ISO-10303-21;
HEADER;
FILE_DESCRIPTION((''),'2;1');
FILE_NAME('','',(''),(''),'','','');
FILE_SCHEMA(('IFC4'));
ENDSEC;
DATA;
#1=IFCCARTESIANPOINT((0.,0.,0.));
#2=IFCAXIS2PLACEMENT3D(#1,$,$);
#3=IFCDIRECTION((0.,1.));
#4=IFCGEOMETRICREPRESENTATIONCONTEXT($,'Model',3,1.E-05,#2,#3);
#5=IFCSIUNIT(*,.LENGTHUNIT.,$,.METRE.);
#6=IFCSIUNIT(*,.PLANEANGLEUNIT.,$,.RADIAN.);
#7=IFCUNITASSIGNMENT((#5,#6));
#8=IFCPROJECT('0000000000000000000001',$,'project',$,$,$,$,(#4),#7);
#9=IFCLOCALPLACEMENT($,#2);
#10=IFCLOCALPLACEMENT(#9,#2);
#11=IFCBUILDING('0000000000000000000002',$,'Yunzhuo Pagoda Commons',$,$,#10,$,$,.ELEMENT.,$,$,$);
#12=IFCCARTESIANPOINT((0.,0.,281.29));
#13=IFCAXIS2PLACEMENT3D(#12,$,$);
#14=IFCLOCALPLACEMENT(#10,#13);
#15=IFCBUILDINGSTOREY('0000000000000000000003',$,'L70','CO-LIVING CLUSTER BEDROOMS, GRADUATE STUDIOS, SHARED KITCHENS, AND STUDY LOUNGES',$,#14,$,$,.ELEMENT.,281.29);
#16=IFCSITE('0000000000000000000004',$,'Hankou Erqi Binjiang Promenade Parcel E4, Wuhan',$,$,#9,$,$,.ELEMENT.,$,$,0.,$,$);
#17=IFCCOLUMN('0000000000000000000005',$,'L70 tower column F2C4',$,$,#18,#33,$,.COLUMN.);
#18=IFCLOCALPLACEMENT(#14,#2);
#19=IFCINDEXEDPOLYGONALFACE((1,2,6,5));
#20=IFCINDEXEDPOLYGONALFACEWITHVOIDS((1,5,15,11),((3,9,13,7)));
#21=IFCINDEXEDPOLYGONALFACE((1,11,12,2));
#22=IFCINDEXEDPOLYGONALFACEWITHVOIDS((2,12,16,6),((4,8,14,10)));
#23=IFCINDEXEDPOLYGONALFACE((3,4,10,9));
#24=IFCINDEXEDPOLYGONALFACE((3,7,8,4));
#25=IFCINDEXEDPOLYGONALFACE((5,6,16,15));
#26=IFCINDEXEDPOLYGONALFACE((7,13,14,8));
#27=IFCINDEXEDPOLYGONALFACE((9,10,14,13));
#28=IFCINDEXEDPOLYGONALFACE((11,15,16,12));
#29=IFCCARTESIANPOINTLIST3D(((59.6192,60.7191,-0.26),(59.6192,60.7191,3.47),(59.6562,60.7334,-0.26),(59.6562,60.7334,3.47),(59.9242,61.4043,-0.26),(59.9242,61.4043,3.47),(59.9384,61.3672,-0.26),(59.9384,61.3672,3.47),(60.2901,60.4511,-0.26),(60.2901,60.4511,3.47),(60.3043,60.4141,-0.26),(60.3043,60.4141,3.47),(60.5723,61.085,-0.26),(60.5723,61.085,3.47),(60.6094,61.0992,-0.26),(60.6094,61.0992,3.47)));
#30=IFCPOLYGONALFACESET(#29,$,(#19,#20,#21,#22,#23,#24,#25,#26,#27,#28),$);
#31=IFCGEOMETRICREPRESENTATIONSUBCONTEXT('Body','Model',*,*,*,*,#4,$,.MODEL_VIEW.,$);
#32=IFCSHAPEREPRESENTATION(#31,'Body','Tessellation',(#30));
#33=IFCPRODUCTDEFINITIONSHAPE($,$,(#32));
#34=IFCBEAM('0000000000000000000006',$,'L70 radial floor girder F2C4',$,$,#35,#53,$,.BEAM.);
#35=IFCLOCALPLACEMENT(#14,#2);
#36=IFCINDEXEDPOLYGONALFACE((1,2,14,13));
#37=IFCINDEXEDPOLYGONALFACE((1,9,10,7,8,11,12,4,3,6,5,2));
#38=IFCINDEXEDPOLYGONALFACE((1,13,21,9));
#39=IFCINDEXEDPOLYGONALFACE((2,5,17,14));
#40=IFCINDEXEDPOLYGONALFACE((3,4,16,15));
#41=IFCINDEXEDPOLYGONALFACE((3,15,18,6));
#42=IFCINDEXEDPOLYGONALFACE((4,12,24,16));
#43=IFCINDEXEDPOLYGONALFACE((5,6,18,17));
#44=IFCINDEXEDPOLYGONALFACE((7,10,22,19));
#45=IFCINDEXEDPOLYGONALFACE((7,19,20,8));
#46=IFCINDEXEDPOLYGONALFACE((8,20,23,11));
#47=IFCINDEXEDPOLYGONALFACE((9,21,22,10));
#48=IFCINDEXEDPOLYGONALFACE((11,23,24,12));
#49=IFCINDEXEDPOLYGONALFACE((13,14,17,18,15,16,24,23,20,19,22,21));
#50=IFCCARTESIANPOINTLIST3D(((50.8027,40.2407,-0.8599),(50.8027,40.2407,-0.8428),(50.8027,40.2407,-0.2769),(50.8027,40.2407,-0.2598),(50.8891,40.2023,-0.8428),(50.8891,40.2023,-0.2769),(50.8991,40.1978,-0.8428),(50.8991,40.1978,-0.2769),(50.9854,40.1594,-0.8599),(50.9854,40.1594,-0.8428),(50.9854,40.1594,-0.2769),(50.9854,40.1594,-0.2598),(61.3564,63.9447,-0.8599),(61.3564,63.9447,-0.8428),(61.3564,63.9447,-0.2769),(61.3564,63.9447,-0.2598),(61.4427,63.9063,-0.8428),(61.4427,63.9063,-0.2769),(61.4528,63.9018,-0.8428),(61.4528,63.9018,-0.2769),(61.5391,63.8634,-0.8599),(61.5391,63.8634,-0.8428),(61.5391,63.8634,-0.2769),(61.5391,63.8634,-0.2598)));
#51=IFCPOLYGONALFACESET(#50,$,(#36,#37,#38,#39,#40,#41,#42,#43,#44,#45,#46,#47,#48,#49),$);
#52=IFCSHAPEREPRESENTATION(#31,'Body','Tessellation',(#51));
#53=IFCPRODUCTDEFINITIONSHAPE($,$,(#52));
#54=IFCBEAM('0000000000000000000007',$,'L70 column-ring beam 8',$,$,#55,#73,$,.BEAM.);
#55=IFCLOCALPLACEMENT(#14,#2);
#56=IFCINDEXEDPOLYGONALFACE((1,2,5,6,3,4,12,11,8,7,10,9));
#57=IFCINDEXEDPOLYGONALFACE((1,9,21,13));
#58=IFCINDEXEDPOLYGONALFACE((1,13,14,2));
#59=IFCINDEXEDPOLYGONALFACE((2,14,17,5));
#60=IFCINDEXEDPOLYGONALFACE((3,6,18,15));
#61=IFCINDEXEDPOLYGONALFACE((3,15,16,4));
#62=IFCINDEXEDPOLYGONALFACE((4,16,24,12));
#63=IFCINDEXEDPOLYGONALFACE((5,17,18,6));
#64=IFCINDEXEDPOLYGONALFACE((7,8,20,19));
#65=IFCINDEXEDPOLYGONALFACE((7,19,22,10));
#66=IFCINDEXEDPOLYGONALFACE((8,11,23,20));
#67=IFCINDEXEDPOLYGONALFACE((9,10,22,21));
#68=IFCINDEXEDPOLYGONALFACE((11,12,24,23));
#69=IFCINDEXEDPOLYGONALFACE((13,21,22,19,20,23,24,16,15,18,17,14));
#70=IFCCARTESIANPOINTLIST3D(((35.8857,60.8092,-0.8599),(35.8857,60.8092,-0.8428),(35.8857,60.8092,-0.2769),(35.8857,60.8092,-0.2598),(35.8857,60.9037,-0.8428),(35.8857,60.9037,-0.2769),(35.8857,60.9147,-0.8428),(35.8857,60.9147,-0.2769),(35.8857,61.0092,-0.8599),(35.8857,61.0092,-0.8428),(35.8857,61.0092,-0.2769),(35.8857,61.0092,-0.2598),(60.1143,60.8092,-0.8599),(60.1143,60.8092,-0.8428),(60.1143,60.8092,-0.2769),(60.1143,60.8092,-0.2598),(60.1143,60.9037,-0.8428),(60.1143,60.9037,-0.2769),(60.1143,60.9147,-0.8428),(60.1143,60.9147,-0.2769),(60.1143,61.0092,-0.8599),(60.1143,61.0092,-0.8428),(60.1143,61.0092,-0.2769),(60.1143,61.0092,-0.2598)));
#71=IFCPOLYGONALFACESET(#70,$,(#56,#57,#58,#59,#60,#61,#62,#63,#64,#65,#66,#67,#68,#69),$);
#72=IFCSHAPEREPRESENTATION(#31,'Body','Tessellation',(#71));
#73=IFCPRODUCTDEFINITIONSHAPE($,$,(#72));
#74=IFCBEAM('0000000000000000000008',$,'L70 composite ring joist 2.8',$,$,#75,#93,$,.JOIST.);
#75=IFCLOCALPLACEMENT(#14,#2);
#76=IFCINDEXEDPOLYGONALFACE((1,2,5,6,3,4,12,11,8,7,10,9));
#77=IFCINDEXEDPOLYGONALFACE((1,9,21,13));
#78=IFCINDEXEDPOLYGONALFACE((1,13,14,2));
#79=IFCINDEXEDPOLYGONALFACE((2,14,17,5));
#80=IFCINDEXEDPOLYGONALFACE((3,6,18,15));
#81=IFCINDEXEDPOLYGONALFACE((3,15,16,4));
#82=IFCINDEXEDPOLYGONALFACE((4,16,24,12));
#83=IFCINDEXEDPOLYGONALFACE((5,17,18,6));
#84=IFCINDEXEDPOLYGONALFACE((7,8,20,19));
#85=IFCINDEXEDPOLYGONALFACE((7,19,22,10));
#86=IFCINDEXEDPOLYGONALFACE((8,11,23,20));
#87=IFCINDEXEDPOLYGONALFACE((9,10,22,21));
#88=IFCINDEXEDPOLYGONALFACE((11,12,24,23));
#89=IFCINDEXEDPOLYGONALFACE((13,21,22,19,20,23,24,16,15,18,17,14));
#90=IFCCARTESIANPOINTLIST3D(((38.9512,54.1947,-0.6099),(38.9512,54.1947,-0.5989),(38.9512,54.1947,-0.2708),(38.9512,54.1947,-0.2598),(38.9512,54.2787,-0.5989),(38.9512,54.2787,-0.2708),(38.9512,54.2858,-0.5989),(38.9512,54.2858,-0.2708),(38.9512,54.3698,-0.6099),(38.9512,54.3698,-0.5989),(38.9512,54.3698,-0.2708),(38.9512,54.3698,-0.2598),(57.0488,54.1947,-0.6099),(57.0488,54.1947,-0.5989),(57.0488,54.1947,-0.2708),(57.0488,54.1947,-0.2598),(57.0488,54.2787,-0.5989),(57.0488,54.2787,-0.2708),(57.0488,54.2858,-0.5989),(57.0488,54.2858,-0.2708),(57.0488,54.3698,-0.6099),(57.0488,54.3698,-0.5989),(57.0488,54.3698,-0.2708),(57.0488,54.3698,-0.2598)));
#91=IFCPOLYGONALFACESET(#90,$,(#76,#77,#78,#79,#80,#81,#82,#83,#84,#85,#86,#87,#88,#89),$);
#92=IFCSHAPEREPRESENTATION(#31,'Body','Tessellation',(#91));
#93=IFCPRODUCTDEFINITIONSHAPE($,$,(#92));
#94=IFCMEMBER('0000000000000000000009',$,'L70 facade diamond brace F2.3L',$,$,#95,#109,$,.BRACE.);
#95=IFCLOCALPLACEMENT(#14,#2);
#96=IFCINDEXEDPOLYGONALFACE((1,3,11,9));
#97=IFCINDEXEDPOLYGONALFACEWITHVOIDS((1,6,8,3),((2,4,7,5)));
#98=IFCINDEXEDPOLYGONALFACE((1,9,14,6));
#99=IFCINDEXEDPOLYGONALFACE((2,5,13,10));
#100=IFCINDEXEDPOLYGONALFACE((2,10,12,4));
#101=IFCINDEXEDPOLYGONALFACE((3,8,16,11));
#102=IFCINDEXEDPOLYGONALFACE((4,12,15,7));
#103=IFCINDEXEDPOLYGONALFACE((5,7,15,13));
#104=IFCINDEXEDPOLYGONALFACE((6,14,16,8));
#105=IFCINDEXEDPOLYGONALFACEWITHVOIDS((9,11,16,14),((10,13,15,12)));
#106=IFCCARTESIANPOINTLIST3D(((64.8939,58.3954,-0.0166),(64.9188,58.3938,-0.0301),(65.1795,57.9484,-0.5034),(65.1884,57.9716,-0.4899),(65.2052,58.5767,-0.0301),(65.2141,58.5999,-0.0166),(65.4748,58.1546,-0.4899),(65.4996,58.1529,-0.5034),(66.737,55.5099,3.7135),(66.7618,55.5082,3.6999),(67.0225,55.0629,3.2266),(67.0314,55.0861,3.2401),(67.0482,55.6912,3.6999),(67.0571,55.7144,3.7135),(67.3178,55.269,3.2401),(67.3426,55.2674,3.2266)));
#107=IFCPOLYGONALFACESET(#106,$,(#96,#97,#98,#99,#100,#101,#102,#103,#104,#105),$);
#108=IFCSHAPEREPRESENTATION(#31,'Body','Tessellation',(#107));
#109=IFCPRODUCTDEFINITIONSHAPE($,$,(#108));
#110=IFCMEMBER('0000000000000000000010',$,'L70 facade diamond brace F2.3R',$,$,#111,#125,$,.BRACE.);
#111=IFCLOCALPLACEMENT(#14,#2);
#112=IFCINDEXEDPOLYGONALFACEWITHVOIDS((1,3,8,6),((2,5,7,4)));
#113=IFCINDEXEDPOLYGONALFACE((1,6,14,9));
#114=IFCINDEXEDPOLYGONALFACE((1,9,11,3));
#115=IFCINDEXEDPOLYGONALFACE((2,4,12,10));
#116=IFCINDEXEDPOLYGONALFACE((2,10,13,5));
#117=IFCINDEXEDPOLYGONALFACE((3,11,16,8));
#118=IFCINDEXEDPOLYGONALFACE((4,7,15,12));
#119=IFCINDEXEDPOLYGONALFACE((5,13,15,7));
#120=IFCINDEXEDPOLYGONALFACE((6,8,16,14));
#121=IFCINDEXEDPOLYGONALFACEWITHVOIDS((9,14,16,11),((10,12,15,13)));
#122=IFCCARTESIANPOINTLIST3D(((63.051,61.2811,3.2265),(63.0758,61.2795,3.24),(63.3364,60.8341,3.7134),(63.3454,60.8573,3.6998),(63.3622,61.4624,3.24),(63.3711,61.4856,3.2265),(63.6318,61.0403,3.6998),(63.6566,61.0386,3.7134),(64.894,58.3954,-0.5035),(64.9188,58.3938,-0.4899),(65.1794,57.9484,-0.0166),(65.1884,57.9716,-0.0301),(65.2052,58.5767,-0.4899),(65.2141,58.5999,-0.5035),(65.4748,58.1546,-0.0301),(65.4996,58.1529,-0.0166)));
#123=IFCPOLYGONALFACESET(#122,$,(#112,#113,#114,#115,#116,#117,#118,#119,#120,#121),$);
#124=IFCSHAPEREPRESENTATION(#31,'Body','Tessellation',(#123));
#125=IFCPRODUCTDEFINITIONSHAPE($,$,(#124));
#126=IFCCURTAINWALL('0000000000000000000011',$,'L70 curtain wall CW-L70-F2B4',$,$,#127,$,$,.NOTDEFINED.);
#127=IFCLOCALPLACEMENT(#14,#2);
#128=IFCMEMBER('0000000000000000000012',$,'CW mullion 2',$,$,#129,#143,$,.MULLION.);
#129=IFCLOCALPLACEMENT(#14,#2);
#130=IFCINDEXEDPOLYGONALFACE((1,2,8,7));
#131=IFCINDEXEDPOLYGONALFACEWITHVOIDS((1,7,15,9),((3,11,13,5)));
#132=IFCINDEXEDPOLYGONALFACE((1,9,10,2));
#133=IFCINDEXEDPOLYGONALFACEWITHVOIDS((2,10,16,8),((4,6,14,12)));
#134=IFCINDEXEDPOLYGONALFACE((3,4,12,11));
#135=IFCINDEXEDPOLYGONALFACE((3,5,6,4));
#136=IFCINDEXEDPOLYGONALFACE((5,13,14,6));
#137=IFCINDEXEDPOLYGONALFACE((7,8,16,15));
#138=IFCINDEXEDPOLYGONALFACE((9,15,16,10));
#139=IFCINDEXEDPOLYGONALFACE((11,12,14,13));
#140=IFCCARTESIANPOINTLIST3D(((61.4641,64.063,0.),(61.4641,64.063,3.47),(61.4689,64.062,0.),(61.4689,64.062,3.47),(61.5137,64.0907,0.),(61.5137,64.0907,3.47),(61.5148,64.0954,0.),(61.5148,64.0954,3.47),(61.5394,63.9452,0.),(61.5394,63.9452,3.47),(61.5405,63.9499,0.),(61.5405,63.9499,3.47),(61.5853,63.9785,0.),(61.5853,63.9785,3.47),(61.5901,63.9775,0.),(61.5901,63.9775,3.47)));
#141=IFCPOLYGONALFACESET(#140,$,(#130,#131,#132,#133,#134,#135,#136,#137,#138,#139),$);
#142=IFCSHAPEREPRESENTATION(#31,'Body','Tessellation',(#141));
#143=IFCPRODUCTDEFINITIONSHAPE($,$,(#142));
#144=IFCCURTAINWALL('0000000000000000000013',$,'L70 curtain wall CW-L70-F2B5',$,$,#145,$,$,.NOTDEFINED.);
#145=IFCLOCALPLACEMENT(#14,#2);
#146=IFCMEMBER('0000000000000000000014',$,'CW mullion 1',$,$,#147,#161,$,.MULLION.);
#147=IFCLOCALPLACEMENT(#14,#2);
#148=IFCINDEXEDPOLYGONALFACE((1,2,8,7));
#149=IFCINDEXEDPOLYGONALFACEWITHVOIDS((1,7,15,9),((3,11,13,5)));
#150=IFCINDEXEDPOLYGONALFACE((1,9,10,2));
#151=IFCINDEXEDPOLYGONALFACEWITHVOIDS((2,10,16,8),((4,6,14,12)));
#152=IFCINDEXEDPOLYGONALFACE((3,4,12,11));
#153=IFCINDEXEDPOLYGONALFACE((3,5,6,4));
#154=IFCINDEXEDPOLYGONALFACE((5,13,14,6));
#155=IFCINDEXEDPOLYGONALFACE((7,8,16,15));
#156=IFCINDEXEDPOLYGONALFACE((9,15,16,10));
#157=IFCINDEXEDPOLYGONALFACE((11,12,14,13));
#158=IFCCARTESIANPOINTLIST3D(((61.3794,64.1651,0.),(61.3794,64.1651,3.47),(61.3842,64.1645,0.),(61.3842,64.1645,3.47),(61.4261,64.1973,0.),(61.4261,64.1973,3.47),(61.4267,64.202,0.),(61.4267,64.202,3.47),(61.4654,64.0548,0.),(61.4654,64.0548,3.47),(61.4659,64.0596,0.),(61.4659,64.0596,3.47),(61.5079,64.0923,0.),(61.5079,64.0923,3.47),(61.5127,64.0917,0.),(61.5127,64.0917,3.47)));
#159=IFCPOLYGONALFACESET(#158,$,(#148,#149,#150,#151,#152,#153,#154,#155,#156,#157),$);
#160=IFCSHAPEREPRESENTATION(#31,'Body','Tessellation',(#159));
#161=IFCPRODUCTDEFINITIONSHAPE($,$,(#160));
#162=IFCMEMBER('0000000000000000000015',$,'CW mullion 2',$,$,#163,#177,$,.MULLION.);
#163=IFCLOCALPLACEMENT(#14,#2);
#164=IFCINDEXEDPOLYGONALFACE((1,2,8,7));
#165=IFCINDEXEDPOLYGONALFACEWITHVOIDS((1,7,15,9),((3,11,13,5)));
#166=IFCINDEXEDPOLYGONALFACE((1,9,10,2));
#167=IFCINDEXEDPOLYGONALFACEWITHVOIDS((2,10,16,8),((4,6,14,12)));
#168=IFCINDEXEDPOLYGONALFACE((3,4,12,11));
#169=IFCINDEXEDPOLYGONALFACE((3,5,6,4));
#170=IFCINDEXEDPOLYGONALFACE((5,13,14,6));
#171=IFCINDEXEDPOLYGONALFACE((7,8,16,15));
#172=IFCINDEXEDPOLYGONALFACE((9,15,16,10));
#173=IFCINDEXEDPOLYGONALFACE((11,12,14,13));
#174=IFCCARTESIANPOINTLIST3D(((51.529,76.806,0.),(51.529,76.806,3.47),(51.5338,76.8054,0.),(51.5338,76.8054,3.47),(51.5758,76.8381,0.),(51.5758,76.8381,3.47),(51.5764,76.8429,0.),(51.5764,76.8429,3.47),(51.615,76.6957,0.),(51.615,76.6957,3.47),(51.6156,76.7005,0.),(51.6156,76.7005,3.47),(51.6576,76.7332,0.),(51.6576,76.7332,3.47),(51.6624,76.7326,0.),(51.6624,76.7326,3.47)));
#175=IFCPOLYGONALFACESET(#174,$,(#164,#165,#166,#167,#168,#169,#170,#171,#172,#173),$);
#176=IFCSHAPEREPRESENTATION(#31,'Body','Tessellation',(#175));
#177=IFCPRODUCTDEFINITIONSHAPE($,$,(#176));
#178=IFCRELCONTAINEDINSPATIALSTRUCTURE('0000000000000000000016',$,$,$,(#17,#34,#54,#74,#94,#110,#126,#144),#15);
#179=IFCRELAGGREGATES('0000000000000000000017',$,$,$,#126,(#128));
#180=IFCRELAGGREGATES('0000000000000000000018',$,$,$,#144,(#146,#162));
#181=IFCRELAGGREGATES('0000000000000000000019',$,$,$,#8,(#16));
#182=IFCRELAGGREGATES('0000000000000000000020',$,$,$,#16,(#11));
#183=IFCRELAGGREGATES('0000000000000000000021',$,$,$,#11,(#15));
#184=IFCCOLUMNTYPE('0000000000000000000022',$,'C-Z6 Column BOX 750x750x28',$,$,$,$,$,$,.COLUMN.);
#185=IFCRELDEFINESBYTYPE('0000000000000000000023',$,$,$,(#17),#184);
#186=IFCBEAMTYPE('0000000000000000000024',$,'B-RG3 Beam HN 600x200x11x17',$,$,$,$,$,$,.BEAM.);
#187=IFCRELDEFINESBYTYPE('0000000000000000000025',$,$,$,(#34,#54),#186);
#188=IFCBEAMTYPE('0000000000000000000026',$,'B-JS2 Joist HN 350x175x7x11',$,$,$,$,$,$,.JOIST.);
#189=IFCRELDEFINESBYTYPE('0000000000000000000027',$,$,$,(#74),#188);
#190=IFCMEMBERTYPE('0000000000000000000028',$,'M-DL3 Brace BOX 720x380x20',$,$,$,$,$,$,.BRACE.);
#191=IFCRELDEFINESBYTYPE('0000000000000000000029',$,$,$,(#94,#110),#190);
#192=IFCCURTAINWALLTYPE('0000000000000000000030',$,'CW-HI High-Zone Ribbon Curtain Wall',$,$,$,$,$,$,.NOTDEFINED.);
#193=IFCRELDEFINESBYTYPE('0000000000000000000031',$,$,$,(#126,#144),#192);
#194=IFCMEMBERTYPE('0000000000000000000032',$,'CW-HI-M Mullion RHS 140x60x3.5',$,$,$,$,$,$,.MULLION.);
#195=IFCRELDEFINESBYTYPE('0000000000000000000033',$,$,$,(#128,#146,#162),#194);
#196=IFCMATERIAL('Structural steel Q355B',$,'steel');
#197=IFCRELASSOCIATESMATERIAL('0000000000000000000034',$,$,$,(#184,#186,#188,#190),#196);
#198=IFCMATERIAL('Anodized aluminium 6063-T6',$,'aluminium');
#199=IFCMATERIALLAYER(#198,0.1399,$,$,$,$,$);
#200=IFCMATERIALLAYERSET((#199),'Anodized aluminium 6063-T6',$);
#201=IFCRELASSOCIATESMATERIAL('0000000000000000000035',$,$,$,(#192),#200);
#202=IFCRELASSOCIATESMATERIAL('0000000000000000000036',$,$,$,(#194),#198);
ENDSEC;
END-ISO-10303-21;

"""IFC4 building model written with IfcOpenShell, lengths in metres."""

from ifc_helpers import new_model, si_unit, direction, frame, origin, origin_2d, place, context, subcontext, project, spatial, hollow_rectangle, i_section, extrude, source, transform, mapped, material, layer, layer_set, material_profile, profile_set, type_object, element, aggregate, save


model = new_model("IFC4")

# Units and contexts
model_context = context("Model", 3, precision=1e-05, world=origin(), true_north=direction((0.0, 1.0)))
body_context = subcontext(model_context, "Body", "Model", "MODEL_VIEW")
ifc_project = project(units=[si_unit("LENGTHUNIT", "METRE"), si_unit("PLANEANGLEUNIT", "RADIAN")], contexts=[model_context])

# Site, building, storey
site_placement = place(None, origin())
site = spatial("IfcSite", under=ifc_project, at=site_placement, Name="Hankou Erqi Binjiang Promenade Parcel E4, Wuhan", CompositionType="ELEMENT", RefElevation=0.0)
building_placement = place(site_placement, origin())
building = spatial("IfcBuilding", under=site, at=building_placement, Name="Yunzhuo Pagoda Commons", CompositionType="ELEMENT")
storey_placement = place(building_placement, frame((0.0, 0.0, 281.29)))
storey = spatial("IfcBuildingStorey", under=building, at=storey_placement, Name="L70", Description="CO-LIVING CLUSTER BEDROOMS, GRADUATE STUDIOS, SHARED KITCHENS, AND STUDY LOUNGES", CompositionType="ELEMENT", Elevation=281.29)

# Column
ifc_material_1 = material(Name="Structural steel Q355B", Category="steel")
ifc_material_profile_1 = material_profile(ifc_material_1, hollow_rectangle(XDim=0.75, YDim=0.75, WallThickness=0.0281, at=origin_2d()), Name="Structural steel Q355B")
ifc_profile_set_1 = profile_set([ifc_material_profile_1], Name="Structural steel Q355B")
column_type = type_object("IfcColumnType", Name="C-Z6 Column BOX 750x750x28", PredefinedType="COLUMN", material=ifc_profile_set_1)
shared_shape_1 = source(origin(), body_context, "Body", "SweptSolid", [
    extrude(hollow_rectangle(XDim=0.75, YDim=0.75, WallThickness=0.0281, at=origin_2d()), origin(), (0.0, 0.0, 1.0), 3.73),
])
column_placement = place(storey_placement, frame((60.1143, 60.9092, -0.26), z_axis=(0.0, 0.0, 1.0), x_axis=(-0.913545, 0.406737, 0.0)))
element("IfcColumn", 1, at=column_placement, inside=storey, type_object=column_type, Name="L70 tower column F2C4", PredefinedType="COLUMN", context=body_context, shape_type="MappedRepresentation", body=[
    mapped(shared_shape_1, transform((0.0, 0.0, 0.0), scale=1.0)),
])

# Beams
ifc_material_profile_2 = material_profile(ifc_material_1, i_section(OverallWidth=0.2, OverallDepth=0.6001, WebThickness=0.011, FlangeThickness=0.0171, at=origin_2d()), Name="Structural steel Q355B")
ifc_profile_set_2 = profile_set([ifc_material_profile_2], Name="Structural steel Q355B")
beam_type_1 = type_object("IfcBeamType", Name="B-RG3 Beam HN 600x200x11x17", PredefinedType="BEAM", material=ifc_profile_set_2)
shared_shape_2 = source(origin(), body_context, "Body", "SweptSolid", [
    extrude(i_section(OverallWidth=0.2, OverallDepth=0.6001, WebThickness=0.011, FlangeThickness=0.0171, at=origin_2d()), origin(), (0.0, 0.0, 1.0), 25.9473),
])
beam_1_placement = place(storey_placement, frame((61.4478, 63.9041, -0.5598), z_axis=(-0.406736, -0.913546, 0.0), x_axis=(0.913546, -0.406736, 0.0)))
element("IfcBeam", 2, at=beam_1_placement, inside=storey, type_object=beam_type_1, Name="L70 radial floor girder F2C4", PredefinedType="BEAM", context=body_context, shape_type="MappedRepresentation", body=[
    mapped(shared_shape_2, transform((0.0, 0.0, 0.0), scale=1.0)),
])
shared_shape_3 = source(origin(), body_context, "Body", "SweptSolid", [
    extrude(i_section(OverallWidth=0.2, OverallDepth=0.6001, WebThickness=0.011, FlangeThickness=0.0171, at=origin_2d()), origin(), (0.0, 0.0, 1.0), 24.2285),
])
beam_2_placement = place(storey_placement, frame((60.1143, 60.9092, -0.5598), z_axis=(-1.0, 0.0, 0.0), x_axis=(0.0, -1.0, 0.0)))
element("IfcBeam", 3, at=beam_2_placement, inside=storey, type_object=beam_type_1, Name="L70 column-ring beam 8", PredefinedType="BEAM", context=body_context, shape_type="MappedRepresentation", body=[
    mapped(shared_shape_3, transform((0.0, 0.0, 0.0), scale=1.0)),
])
ifc_material_profile_3 = material_profile(ifc_material_1, i_section(OverallWidth=0.175, OverallDepth=0.3501, WebThickness=0.0071, FlangeThickness=0.011, at=origin_2d()), Name="Structural steel Q355B")
ifc_profile_set_3 = profile_set([ifc_material_profile_3], Name="Structural steel Q355B")
beam_type_2 = type_object("IfcBeamType", Name="B-JS2 Joist HN 350x175x7x11", PredefinedType="JOIST", material=ifc_profile_set_3)
shared_shape_4 = source(origin(), body_context, "Body", "SweptSolid", [
    extrude(i_section(OverallWidth=0.175, OverallDepth=0.3501, WebThickness=0.0071, FlangeThickness=0.011, at=origin_2d()), origin(), (0.0, 0.0, 1.0), 18.0977),
])
beam_3_placement = place(storey_placement, frame((57.0488, 54.2822, -0.4348), z_axis=(-1.0, 0.0, 0.0), x_axis=(0.0, -1.0, 0.0)))
element("IfcBeam", 4, at=beam_3_placement, inside=storey, type_object=beam_type_2, Name="L70 composite ring joist 2.8", PredefinedType="JOIST", context=body_context, shape_type="MappedRepresentation", body=[
    mapped(shared_shape_4, transform((0.0, 0.0, 0.0), scale=1.0)),
])

# Members
ifc_material_profile_4 = material_profile(ifc_material_1, hollow_rectangle(XDim=0.3799, YDim=0.72, WallThickness=0.02, at=origin_2d()), Name="Structural steel Q355B")
ifc_profile_set_4 = profile_set([ifc_material_profile_4], Name="Structural steel Q355B")
member_type_1 = type_object("IfcMemberType", Name="M-DL3 Brace BOX 720x380x20", PredefinedType="BRACE", material=ifc_profile_set_4)
shared_shape_5 = source(origin(), body_context, "Body", "SweptSolid", [
    extrude(hollow_rectangle(XDim=0.3799, YDim=0.72, WallThickness=0.02, at=origin_2d()), origin(), (0.0, 0.0, 1.0), 5.0632),
])
for number, where, z_axis, x_axis, name in (
    (5, (65.1968, 58.2742, -0.26), (0.364006, -0.569901, 0.736691), (0.842762, 0.538287, 0.0), "L70 facade diamond brace F2.3L"),
    (6, (65.1968, 58.2742, -0.26), (-0.363996, 0.569933, 0.73667), (-0.842783, -0.538254, 0.0), "L70 facade diamond brace F2.3R"),
):
    element("IfcMember", number, at=place(storey_placement, frame(where, z_axis=z_axis, x_axis=x_axis)), inside=storey, type_object=member_type_1, Name=name, PredefinedType="BRACE", context=body_context, shape_type="MappedRepresentation", body=[
        mapped(shared_shape_5, transform((0.0, 0.0, 0.0), scale=1.0)),
    ])

# Curtain wall, member
ifc_material_2 = material(Name="Anodized aluminium 6063-T6", Category="aluminium")
ifc_layer_1 = layer(ifc_material_2, 0.1399)
ifc_layer_set_1 = layer_set([ifc_layer_1], Name="Anodized aluminium 6063-T6")
curtain_wall_type = type_object("IfcCurtainWallType", Name="CW-HI High-Zone Ribbon Curtain Wall", PredefinedType="NOTDEFINED", material=ifc_layer_set_1)
curtain_wall_1_placement = place(storey_placement, origin())
curtain_wall_1 = element("IfcCurtainWall", 7, at=curtain_wall_1_placement, inside=storey, type_object=curtain_wall_type, Name="L70 curtain wall CW-L70-F2B4", PredefinedType="NOTDEFINED")
ifc_material_profile_5 = material_profile(ifc_material_2, hollow_rectangle(XDim=0.0601, YDim=0.1399, WallThickness=0.0034, at=origin_2d()), Name="Anodized aluminium 6063-T6")
ifc_profile_set_5 = profile_set([ifc_material_profile_5], Name="Anodized aluminium 6063-T6")
member_type_2 = type_object("IfcMemberType", Name="CW-HI-M Mullion RHS 140x60x3.5", PredefinedType="MULLION", material=ifc_profile_set_5)
shared_shape_6 = source(origin(), body_context, "Body", "SweptSolid", [
    extrude(hollow_rectangle(XDim=0.0601, YDim=0.1399, WallThickness=0.0034, at=origin_2d()), origin(), (0.0, 0.0, 1.0), 3.47),
])
member_1_placement = place(storey_placement, frame((61.5271, 64.0203, 0.0), z_axis=(0.0, 0.0, 1.0), x_axis=(-0.842779, -0.53826, 0.0)))
member_1 = element("IfcMember", 8, at=member_1_placement, type_object=member_type_2, Name="CW mullion 2", PredefinedType="MULLION", context=body_context, shape_type="MappedRepresentation", body=[
    mapped(shared_shape_6, transform((0.0, 0.0, 0.0), scale=1.0)),
])

# Curtain wall, members
curtain_wall_2_placement = place(storey_placement, origin())
curtain_wall_2 = element("IfcCurtainWall", 9, at=curtain_wall_2_placement, inside=storey, type_object=curtain_wall_type, Name="L70 curtain wall CW-L70-F2B5", PredefinedType="NOTDEFINED")
member_2_placement = place(storey_placement, frame((61.446, 64.1284, 0.0), z_axis=(0.0, 0.0, 1.0), x_axis=(-0.788783, -0.614672, 0.0)))
member_2 = element("IfcMember", 10, at=member_2_placement, type_object=member_type_2, Name="CW mullion 1", PredefinedType="MULLION", context=body_context, shape_type="MappedRepresentation", body=[
    mapped(shared_shape_6, transform((0.0, 0.0, 0.0), scale=1.0)),
])
member_3_placement = place(storey_placement, frame((51.5957, 76.7693, 0.0), z_axis=(0.0, 0.0, 1.0), x_axis=(-0.788783, -0.614672, 0.0)))
member_3 = element("IfcMember", 11, at=member_3_placement, type_object=member_type_2, Name="CW mullion 2", PredefinedType="MULLION", context=body_context, shape_type="MappedRepresentation", body=[
    mapped(shared_shape_6, transform((0.0, 0.0, 0.0), scale=1.0)),
])

aggregate(curtain_wall_1, [member_1])

aggregate(curtain_wall_2, [member_2, member_3])

save(model, "model.ifc")
